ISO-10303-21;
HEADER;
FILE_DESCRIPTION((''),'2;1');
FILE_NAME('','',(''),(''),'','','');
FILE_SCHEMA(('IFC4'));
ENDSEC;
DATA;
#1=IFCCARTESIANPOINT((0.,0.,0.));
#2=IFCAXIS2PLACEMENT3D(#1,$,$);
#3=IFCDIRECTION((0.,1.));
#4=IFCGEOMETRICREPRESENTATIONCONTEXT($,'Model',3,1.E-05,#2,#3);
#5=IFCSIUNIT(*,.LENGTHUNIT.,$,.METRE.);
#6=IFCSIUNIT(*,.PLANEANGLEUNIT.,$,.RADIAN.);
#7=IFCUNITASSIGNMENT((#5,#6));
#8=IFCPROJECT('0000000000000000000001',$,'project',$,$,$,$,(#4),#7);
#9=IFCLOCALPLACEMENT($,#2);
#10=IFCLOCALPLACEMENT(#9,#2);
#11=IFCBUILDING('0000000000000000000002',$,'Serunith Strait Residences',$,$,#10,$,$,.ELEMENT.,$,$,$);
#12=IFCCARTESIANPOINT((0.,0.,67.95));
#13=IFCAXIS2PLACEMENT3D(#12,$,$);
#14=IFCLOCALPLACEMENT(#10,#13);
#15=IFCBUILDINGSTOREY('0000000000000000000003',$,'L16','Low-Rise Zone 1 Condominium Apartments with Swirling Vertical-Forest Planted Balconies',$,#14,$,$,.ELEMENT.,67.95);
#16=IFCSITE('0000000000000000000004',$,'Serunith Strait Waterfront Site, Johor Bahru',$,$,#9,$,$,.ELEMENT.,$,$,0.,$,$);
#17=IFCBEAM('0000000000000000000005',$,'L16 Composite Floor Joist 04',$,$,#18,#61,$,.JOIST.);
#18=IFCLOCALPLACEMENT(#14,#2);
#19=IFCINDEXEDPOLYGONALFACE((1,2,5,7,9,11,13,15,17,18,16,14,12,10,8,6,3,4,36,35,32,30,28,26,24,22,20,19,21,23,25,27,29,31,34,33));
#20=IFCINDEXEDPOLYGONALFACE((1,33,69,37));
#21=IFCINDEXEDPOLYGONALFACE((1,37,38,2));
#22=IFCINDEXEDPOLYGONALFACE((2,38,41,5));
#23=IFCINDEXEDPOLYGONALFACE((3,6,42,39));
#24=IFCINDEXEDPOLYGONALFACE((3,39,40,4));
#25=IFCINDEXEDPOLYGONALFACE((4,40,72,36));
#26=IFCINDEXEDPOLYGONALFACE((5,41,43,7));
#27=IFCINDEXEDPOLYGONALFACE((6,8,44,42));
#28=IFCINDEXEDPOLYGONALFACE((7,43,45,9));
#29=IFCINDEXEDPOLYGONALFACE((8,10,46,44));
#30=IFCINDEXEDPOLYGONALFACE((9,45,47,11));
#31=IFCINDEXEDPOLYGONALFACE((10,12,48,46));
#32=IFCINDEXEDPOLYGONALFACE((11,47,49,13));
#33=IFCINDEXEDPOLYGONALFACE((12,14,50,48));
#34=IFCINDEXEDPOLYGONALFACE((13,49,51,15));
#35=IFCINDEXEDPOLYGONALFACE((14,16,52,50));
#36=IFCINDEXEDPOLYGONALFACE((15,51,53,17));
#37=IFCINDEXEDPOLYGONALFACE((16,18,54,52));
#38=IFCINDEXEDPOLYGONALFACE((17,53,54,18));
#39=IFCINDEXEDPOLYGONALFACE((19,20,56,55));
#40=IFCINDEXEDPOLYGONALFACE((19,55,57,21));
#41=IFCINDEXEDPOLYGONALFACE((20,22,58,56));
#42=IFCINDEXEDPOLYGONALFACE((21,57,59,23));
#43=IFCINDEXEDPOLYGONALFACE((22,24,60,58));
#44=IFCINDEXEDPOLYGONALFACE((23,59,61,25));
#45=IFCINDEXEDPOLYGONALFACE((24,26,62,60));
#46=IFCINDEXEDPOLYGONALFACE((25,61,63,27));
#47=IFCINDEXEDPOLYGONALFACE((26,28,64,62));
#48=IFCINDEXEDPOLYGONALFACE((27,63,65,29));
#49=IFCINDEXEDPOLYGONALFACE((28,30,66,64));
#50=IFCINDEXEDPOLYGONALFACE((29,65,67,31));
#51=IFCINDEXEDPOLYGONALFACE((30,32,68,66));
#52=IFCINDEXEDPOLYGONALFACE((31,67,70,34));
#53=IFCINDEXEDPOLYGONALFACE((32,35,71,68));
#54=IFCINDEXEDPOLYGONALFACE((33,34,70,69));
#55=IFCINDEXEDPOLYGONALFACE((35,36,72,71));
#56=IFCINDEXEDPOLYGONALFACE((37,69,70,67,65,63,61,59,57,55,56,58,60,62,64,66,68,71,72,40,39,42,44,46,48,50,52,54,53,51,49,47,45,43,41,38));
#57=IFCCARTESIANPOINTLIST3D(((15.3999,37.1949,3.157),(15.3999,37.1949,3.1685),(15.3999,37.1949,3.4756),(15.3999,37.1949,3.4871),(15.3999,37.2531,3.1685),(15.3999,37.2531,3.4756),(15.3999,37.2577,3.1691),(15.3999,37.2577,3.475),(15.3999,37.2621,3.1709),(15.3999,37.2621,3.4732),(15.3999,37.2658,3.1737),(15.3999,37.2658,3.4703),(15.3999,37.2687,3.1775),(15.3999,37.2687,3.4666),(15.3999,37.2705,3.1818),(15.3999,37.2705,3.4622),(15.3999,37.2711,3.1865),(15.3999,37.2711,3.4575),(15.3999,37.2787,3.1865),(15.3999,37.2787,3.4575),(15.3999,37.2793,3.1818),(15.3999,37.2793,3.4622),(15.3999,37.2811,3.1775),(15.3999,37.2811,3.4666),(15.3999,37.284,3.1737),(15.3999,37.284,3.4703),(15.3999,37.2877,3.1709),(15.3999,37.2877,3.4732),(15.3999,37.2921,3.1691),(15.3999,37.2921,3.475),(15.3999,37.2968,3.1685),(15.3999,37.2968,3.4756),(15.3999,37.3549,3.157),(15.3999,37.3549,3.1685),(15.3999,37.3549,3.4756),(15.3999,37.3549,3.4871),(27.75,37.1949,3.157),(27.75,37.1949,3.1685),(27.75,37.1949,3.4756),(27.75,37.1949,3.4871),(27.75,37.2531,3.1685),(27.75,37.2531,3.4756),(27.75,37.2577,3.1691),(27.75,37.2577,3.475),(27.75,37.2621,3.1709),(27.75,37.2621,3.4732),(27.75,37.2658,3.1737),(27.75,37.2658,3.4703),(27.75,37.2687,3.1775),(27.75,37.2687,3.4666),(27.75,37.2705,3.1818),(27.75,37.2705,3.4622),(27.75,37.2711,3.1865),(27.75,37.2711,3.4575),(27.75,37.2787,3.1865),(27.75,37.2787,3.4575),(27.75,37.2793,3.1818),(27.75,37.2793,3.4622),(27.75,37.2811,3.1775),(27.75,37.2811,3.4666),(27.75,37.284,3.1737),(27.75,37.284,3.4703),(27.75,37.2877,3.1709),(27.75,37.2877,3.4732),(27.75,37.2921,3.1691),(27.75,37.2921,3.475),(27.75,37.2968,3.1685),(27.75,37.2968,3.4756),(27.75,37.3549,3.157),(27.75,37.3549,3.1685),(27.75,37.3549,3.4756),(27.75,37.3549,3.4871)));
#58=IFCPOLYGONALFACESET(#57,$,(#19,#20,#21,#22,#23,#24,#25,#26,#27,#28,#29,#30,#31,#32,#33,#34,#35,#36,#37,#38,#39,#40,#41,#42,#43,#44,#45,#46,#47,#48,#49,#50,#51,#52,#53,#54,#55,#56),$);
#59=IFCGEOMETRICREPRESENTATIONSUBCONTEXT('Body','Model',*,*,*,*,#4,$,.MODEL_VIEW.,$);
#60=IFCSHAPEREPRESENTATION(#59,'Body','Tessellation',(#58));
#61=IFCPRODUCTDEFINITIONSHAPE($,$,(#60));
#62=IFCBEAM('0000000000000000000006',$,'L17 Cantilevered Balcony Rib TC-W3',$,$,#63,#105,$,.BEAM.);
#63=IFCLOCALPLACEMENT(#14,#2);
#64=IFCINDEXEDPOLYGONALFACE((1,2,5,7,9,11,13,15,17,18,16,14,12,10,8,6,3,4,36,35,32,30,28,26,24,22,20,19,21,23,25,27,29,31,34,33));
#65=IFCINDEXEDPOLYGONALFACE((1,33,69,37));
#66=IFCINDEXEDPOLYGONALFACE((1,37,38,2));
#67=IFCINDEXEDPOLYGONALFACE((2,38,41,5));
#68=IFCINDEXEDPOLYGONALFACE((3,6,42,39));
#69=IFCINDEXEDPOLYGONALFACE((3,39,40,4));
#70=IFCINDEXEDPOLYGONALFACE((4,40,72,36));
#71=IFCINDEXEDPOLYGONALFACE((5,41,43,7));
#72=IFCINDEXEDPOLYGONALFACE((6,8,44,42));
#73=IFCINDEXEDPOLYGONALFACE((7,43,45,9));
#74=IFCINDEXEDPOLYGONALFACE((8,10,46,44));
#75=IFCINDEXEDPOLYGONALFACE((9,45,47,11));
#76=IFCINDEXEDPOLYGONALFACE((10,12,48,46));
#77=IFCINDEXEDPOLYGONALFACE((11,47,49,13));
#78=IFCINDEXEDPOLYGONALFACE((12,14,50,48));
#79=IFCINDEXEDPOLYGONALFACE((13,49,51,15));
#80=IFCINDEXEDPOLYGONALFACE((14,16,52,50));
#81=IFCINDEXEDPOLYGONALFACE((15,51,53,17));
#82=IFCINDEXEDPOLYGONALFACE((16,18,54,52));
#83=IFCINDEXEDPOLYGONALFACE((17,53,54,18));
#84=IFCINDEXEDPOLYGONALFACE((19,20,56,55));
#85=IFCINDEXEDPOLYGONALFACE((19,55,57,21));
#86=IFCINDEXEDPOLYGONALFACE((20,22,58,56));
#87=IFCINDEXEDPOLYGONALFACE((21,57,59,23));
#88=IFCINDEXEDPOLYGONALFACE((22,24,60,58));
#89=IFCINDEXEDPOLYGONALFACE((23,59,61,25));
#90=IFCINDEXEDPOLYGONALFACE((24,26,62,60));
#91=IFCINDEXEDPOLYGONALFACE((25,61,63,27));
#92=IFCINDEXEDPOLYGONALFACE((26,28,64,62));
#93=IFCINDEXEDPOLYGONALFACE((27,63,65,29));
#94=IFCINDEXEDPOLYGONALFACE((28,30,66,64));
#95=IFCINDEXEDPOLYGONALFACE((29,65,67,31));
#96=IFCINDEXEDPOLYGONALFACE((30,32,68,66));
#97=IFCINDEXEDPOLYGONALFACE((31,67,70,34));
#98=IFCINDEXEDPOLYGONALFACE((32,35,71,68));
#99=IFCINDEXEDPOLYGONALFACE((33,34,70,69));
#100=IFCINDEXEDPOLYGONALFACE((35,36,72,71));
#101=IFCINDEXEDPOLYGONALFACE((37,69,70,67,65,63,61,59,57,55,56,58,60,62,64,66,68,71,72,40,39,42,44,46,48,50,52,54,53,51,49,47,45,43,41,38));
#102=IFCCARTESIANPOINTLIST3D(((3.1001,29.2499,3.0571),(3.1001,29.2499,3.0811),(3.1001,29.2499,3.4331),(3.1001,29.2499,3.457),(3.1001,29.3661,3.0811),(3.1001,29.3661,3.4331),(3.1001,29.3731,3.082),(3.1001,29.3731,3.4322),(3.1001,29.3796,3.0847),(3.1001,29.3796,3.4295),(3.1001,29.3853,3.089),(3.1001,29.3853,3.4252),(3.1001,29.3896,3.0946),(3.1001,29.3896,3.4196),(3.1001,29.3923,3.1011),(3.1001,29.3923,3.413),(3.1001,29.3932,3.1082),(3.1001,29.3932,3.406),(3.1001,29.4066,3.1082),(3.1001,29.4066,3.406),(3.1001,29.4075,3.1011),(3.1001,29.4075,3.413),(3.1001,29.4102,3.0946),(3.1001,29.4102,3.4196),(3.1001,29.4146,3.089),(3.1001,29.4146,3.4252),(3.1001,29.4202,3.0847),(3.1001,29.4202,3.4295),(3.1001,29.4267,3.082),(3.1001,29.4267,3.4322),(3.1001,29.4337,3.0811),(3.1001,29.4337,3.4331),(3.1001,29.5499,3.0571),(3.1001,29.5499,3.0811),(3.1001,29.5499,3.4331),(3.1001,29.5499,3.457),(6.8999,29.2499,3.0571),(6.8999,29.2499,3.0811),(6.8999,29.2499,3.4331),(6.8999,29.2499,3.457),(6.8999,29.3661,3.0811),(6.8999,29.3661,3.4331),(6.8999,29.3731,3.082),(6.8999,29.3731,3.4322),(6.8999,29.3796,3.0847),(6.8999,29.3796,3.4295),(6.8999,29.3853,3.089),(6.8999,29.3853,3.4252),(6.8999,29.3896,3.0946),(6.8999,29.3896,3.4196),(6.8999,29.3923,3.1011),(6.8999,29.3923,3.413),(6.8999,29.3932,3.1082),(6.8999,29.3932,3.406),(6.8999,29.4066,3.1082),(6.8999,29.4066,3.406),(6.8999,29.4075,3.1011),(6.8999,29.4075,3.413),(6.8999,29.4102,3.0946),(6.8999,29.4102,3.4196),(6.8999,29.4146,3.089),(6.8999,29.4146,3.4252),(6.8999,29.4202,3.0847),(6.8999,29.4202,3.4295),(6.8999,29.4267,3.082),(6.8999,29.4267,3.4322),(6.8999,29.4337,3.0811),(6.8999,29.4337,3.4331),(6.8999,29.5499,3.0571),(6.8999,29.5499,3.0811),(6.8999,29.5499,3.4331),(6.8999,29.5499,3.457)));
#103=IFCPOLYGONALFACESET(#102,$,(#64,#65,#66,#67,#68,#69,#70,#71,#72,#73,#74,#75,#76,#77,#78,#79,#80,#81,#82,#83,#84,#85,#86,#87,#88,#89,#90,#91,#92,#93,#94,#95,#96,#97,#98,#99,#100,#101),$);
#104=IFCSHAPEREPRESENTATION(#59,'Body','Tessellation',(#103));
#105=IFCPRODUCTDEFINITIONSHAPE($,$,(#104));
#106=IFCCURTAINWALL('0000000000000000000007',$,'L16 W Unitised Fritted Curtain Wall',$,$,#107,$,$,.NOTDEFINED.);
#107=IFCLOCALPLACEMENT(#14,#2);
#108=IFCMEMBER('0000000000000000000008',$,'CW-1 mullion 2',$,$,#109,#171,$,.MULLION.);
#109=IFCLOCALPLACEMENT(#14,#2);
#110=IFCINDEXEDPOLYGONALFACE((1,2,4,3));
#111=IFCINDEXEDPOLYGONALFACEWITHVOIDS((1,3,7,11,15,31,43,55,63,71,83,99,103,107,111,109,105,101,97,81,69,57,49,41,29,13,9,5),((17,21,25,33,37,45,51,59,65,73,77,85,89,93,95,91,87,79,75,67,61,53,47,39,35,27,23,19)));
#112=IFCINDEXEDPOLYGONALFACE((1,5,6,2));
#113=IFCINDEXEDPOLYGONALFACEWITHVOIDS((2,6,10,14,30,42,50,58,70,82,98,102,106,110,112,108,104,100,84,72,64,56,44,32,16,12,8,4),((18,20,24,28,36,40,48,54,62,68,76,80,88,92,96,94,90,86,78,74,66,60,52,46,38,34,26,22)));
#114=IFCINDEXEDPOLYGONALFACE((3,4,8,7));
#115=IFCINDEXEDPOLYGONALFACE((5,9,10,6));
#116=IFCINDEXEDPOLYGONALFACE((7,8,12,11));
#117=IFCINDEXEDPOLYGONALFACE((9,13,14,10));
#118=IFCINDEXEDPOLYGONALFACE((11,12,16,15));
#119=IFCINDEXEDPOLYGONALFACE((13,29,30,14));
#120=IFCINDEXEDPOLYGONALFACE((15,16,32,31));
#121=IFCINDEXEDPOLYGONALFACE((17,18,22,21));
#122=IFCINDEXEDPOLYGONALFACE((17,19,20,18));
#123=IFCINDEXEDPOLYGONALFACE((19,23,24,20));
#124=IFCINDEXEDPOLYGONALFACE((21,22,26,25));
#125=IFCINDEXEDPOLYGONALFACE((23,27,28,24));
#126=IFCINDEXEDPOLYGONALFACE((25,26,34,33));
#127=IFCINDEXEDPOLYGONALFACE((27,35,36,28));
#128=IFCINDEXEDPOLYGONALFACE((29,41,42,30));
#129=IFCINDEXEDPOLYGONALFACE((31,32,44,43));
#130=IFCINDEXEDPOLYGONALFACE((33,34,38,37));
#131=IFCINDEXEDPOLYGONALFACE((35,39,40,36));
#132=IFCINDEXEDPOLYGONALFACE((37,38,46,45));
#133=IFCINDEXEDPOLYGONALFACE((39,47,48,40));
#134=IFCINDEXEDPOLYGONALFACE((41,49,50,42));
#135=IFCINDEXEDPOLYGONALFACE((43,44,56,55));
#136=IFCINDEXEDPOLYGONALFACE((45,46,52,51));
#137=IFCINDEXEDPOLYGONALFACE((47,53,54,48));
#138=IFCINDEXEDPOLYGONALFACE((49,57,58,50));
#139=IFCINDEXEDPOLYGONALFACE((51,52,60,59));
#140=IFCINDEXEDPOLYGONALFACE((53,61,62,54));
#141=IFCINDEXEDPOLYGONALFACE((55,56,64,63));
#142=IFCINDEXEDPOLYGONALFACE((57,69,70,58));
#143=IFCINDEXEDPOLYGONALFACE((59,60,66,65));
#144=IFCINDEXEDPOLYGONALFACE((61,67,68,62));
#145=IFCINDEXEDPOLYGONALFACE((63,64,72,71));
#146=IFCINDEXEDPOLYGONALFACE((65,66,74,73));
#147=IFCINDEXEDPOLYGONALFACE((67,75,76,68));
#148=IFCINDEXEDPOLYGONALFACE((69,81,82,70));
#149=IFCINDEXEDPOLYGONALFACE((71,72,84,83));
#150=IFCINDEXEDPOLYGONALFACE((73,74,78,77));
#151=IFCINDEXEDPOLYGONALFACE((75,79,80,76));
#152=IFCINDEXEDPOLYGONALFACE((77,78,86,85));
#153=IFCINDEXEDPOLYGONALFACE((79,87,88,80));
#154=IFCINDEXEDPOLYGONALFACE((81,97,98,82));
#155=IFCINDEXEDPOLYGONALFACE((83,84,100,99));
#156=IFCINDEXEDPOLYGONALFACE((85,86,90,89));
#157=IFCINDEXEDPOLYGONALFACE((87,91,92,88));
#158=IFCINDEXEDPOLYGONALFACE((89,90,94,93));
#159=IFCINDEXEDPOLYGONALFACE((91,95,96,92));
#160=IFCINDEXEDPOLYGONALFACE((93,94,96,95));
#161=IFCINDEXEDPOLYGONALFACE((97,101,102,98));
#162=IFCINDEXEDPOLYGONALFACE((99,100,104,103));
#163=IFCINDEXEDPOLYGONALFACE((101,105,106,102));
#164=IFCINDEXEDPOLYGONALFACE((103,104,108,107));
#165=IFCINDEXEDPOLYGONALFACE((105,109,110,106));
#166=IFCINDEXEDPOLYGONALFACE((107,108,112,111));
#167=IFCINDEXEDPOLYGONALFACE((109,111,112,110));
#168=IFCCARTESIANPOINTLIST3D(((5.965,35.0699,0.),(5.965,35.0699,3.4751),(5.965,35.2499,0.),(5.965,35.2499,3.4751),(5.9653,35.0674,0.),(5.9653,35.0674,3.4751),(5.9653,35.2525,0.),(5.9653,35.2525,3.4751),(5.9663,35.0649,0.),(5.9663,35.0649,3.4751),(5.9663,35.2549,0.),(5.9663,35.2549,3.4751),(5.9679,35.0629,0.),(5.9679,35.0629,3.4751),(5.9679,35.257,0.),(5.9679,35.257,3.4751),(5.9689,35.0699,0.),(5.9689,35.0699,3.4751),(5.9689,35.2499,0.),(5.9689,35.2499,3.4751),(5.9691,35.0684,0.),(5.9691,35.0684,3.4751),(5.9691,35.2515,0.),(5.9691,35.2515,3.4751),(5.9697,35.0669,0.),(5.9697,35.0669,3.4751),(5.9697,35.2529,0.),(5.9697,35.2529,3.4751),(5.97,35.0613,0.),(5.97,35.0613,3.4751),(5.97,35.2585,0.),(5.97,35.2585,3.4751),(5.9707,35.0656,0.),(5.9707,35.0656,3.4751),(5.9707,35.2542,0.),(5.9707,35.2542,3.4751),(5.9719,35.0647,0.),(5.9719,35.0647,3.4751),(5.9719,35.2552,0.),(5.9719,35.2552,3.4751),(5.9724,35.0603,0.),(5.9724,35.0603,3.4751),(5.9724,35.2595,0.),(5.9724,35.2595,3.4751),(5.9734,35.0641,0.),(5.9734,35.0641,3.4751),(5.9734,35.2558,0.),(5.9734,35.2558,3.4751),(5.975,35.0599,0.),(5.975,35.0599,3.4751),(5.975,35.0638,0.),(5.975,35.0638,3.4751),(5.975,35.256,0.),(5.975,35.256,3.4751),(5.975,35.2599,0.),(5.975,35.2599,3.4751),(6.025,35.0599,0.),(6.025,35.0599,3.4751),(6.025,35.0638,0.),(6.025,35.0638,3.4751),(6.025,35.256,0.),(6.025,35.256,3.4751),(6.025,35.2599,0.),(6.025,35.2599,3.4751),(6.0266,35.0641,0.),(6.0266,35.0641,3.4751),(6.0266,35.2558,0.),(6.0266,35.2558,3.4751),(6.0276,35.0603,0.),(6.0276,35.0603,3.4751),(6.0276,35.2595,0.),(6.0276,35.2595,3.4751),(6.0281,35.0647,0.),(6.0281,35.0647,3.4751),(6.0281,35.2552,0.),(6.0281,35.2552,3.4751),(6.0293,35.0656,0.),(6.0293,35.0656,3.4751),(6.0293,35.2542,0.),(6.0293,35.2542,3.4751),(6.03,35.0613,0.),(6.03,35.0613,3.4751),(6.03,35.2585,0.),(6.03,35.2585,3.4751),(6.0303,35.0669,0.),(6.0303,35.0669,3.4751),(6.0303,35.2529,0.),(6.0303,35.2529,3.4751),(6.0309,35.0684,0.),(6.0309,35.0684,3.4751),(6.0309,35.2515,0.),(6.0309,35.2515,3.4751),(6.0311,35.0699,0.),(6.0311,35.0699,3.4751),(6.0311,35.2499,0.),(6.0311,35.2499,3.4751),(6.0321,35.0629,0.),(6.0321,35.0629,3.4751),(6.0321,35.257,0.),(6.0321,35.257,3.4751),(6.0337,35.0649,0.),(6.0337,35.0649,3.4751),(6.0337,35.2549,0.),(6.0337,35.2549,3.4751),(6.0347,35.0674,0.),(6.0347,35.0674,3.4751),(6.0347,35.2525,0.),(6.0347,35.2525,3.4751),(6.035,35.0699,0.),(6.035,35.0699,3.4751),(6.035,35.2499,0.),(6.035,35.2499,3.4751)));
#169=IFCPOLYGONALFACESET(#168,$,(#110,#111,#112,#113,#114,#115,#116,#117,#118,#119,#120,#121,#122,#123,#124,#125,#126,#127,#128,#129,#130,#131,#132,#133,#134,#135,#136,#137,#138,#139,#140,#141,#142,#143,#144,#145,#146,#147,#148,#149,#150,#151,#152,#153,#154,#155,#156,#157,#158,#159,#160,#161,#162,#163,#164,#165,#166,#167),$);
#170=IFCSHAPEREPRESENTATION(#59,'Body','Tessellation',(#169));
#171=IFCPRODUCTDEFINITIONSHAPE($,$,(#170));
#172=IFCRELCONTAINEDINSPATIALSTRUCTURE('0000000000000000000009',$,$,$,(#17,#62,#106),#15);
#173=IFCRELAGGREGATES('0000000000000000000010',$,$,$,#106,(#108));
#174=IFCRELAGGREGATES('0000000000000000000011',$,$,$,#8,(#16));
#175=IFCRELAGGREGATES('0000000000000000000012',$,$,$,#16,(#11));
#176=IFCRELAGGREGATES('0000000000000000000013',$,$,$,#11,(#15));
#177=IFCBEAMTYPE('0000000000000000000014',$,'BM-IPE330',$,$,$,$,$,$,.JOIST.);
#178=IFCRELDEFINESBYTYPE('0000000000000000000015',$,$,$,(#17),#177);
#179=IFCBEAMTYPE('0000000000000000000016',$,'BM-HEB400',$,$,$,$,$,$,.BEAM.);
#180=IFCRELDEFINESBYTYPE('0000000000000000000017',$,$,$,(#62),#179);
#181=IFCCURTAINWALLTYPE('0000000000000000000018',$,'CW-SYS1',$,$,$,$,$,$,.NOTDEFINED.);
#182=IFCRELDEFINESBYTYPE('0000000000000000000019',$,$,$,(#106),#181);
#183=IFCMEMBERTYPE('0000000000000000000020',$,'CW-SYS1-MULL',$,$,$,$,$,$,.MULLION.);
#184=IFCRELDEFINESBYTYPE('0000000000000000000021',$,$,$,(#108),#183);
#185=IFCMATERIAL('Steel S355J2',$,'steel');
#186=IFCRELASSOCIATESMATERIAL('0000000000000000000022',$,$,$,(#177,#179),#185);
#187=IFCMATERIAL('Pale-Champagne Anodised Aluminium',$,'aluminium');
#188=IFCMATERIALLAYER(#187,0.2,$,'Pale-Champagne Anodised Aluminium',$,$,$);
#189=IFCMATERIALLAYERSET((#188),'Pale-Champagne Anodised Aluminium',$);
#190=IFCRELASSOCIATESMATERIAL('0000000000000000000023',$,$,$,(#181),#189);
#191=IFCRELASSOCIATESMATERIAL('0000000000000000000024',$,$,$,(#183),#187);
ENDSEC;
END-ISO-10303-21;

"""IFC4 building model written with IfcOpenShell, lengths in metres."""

from ifc_helpers import new_model, si_unit, direction, frame, origin, origin_2d, place, context, subcontext, project, spatial, hollow_rectangle, i_section, extrude, source, transform, mapped, material, layer, layer_set, material_profile, profile_set, type_object, element, aggregate, save


model = new_model("IFC4")

# Units and contexts
model_context = context("Model", 3, precision=1e-05, world=origin(), true_north=direction((0.0, 1.0)))
body_context = subcontext(model_context, "Body", "Model", "MODEL_VIEW")
ifc_project = project(units=[si_unit("LENGTHUNIT", "METRE"), si_unit("PLANEANGLEUNIT", "RADIAN")], contexts=[model_context])

# Site, building, storey
site_placement = place(None, origin())
site = spatial("IfcSite", under=ifc_project, at=site_placement, Name="Serunith Strait Waterfront Site, Johor Bahru", CompositionType="ELEMENT", RefElevation=0.0)
building_placement = place(site_placement, origin())
building = spatial("IfcBuilding", under=site, at=building_placement, Name="Serunith Strait Residences", CompositionType="ELEMENT")
storey_placement = place(building_placement, frame((0.0, 0.0, 67.95)))
storey = spatial("IfcBuildingStorey", under=building, at=storey_placement, Name="L16", Description="Low-Rise Zone 1 Condominium Apartments with Swirling Vertical-Forest Planted Balconies", CompositionType="ELEMENT", Elevation=67.95)

# Beams
ifc_material_1 = material(Name="Steel S355J2", Category="steel")
ifc_material_profile_1 = material_profile(ifc_material_1, i_section(OverallWidth=0.1599, OverallDepth=0.3301, WebThickness=0.0076, FlangeThickness=0.0115, FilletRadius=0.0181, at=origin_2d()), Name="IPE 330")
ifc_profile_set_1 = profile_set([ifc_material_profile_1], Name="Steel S355J2")
beam_type_1 = type_object("IfcBeamType", Name="BM-IPE330", PredefinedType="JOIST", material=ifc_profile_set_1)
shared_shape_1 = source(origin(), body_context, "Body", "SweptSolid", [
    extrude(i_section(OverallWidth=0.1599, OverallDepth=0.3301, WebThickness=0.0076, FlangeThickness=0.0115, FilletRadius=0.0181, at=origin_2d()), origin(), (0.0, 0.0, 1.0), 12.3501),
])
beam_1_placement = place(storey_placement, frame((15.3999, 37.2749, 3.322), z_axis=(1.0, 0.0, 0.0), x_axis=(0.0, 1.0, 0.0)))
element("IfcBeam", 1, at=beam_1_placement, inside=storey, type_object=beam_type_1, Name="L16 Composite Floor Joist 04", PredefinedType="JOIST", context=body_context, shape_type="MappedRepresentation", body=[
    mapped(shared_shape_1, transform((0.0, 0.0, 0.0), scale=1.0)),
])
ifc_material_profile_2 = material_profile(ifc_material_1, i_section(OverallWidth=0.3, OverallDepth=0.3999, WebThickness=0.0134, FlangeThickness=0.0239, FilletRadius=0.0271, at=origin_2d()), Name="HEB 400")
ifc_profile_set_2 = profile_set([ifc_material_profile_2], Name="Steel S355J2")
beam_type_2 = type_object("IfcBeamType", Name="BM-HEB400", PredefinedType="BEAM", material=ifc_profile_set_2)
shared_shape_2 = source(origin(), body_context, "Body", "SweptSolid", [
    extrude(i_section(OverallWidth=0.3, OverallDepth=0.3999, WebThickness=0.0134, FlangeThickness=0.0239, FilletRadius=0.0271, at=origin_2d()), origin(), (0.0, 0.0, 1.0), 3.7998),
])
beam_2_placement = place(storey_placement, frame((6.8999, 29.3999, 3.2571), z_axis=(-1.0, 0.0, 0.0), x_axis=(0.0, -1.0, 0.0)))
element("IfcBeam", 2, at=beam_2_placement, inside=storey, type_object=beam_type_2, Name="L17 Cantilevered Balcony Rib TC-W3", PredefinedType="BEAM", context=body_context, shape_type="MappedRepresentation", body=[
    mapped(shared_shape_2, transform((0.0, 0.0, 0.0), scale=1.0)),
])

# Curtain wall, member
ifc_material_2 = material(Name="Pale-Champagne Anodised Aluminium", Category="aluminium")
ifc_layer_1 = layer(ifc_material_2, 0.2, Name="Pale-Champagne Anodised Aluminium")
ifc_layer_set_1 = layer_set([ifc_layer_1], Name="Pale-Champagne Anodised Aluminium")
curtain_wall_type = type_object("IfcCurtainWallType", Name="CW-SYS1", PredefinedType="NOTDEFINED", material=ifc_layer_set_1)
curtain_wall_placement = place(storey_placement, origin())
curtain_wall = element("IfcCurtainWall", 3, at=curtain_wall_placement, inside=storey, type_object=curtain_wall_type, Name="L16 W Unitised Fritted Curtain Wall", PredefinedType="NOTDEFINED")
ifc_material_profile_3 = material_profile(ifc_material_2, hollow_rectangle(XDim=0.0701, YDim=0.2, WallThickness=0.0039, InnerFilletRadius=0.0061, OuterFilletRadius=0.01, at=origin_2d()), Name="ALU 200x70x4")
ifc_profile_set_3 = profile_set([ifc_material_profile_3], Name="Pale-Champagne Anodised Aluminium")
member_type_1 = type_object("IfcMemberType", Name="CW-SYS1-MULL", PredefinedType="MULLION", material=ifc_profile_set_3)
shared_shape_3 = source(origin(), body_context, "Body", "SweptSolid", [
    extrude(hollow_rectangle(XDim=0.0701, YDim=0.2, WallThickness=0.0039, InnerFilletRadius=0.0061, OuterFilletRadius=0.01, at=origin_2d()), origin(), (0.0, 0.0, 1.0), 3.4751),
])
member_1_placement = place(storey_placement, frame((6.0, 35.1599, 0.0), z_axis=(0.0, 0.0, 1.0), x_axis=(1.0, 0.0, 0.0)))
member_1 = element("IfcMember", 4, at=member_1_placement, type_object=member_type_1, Name="CW-1 mullion 2", PredefinedType="MULLION", context=body_context, shape_type="MappedRepresentation", body=[
    mapped(shared_shape_3, transform((0.0, 0.0, 0.0), scale=1.0)),
])
aggregate(curtain_wall, [member_1])

save(model, "model.ifc")
